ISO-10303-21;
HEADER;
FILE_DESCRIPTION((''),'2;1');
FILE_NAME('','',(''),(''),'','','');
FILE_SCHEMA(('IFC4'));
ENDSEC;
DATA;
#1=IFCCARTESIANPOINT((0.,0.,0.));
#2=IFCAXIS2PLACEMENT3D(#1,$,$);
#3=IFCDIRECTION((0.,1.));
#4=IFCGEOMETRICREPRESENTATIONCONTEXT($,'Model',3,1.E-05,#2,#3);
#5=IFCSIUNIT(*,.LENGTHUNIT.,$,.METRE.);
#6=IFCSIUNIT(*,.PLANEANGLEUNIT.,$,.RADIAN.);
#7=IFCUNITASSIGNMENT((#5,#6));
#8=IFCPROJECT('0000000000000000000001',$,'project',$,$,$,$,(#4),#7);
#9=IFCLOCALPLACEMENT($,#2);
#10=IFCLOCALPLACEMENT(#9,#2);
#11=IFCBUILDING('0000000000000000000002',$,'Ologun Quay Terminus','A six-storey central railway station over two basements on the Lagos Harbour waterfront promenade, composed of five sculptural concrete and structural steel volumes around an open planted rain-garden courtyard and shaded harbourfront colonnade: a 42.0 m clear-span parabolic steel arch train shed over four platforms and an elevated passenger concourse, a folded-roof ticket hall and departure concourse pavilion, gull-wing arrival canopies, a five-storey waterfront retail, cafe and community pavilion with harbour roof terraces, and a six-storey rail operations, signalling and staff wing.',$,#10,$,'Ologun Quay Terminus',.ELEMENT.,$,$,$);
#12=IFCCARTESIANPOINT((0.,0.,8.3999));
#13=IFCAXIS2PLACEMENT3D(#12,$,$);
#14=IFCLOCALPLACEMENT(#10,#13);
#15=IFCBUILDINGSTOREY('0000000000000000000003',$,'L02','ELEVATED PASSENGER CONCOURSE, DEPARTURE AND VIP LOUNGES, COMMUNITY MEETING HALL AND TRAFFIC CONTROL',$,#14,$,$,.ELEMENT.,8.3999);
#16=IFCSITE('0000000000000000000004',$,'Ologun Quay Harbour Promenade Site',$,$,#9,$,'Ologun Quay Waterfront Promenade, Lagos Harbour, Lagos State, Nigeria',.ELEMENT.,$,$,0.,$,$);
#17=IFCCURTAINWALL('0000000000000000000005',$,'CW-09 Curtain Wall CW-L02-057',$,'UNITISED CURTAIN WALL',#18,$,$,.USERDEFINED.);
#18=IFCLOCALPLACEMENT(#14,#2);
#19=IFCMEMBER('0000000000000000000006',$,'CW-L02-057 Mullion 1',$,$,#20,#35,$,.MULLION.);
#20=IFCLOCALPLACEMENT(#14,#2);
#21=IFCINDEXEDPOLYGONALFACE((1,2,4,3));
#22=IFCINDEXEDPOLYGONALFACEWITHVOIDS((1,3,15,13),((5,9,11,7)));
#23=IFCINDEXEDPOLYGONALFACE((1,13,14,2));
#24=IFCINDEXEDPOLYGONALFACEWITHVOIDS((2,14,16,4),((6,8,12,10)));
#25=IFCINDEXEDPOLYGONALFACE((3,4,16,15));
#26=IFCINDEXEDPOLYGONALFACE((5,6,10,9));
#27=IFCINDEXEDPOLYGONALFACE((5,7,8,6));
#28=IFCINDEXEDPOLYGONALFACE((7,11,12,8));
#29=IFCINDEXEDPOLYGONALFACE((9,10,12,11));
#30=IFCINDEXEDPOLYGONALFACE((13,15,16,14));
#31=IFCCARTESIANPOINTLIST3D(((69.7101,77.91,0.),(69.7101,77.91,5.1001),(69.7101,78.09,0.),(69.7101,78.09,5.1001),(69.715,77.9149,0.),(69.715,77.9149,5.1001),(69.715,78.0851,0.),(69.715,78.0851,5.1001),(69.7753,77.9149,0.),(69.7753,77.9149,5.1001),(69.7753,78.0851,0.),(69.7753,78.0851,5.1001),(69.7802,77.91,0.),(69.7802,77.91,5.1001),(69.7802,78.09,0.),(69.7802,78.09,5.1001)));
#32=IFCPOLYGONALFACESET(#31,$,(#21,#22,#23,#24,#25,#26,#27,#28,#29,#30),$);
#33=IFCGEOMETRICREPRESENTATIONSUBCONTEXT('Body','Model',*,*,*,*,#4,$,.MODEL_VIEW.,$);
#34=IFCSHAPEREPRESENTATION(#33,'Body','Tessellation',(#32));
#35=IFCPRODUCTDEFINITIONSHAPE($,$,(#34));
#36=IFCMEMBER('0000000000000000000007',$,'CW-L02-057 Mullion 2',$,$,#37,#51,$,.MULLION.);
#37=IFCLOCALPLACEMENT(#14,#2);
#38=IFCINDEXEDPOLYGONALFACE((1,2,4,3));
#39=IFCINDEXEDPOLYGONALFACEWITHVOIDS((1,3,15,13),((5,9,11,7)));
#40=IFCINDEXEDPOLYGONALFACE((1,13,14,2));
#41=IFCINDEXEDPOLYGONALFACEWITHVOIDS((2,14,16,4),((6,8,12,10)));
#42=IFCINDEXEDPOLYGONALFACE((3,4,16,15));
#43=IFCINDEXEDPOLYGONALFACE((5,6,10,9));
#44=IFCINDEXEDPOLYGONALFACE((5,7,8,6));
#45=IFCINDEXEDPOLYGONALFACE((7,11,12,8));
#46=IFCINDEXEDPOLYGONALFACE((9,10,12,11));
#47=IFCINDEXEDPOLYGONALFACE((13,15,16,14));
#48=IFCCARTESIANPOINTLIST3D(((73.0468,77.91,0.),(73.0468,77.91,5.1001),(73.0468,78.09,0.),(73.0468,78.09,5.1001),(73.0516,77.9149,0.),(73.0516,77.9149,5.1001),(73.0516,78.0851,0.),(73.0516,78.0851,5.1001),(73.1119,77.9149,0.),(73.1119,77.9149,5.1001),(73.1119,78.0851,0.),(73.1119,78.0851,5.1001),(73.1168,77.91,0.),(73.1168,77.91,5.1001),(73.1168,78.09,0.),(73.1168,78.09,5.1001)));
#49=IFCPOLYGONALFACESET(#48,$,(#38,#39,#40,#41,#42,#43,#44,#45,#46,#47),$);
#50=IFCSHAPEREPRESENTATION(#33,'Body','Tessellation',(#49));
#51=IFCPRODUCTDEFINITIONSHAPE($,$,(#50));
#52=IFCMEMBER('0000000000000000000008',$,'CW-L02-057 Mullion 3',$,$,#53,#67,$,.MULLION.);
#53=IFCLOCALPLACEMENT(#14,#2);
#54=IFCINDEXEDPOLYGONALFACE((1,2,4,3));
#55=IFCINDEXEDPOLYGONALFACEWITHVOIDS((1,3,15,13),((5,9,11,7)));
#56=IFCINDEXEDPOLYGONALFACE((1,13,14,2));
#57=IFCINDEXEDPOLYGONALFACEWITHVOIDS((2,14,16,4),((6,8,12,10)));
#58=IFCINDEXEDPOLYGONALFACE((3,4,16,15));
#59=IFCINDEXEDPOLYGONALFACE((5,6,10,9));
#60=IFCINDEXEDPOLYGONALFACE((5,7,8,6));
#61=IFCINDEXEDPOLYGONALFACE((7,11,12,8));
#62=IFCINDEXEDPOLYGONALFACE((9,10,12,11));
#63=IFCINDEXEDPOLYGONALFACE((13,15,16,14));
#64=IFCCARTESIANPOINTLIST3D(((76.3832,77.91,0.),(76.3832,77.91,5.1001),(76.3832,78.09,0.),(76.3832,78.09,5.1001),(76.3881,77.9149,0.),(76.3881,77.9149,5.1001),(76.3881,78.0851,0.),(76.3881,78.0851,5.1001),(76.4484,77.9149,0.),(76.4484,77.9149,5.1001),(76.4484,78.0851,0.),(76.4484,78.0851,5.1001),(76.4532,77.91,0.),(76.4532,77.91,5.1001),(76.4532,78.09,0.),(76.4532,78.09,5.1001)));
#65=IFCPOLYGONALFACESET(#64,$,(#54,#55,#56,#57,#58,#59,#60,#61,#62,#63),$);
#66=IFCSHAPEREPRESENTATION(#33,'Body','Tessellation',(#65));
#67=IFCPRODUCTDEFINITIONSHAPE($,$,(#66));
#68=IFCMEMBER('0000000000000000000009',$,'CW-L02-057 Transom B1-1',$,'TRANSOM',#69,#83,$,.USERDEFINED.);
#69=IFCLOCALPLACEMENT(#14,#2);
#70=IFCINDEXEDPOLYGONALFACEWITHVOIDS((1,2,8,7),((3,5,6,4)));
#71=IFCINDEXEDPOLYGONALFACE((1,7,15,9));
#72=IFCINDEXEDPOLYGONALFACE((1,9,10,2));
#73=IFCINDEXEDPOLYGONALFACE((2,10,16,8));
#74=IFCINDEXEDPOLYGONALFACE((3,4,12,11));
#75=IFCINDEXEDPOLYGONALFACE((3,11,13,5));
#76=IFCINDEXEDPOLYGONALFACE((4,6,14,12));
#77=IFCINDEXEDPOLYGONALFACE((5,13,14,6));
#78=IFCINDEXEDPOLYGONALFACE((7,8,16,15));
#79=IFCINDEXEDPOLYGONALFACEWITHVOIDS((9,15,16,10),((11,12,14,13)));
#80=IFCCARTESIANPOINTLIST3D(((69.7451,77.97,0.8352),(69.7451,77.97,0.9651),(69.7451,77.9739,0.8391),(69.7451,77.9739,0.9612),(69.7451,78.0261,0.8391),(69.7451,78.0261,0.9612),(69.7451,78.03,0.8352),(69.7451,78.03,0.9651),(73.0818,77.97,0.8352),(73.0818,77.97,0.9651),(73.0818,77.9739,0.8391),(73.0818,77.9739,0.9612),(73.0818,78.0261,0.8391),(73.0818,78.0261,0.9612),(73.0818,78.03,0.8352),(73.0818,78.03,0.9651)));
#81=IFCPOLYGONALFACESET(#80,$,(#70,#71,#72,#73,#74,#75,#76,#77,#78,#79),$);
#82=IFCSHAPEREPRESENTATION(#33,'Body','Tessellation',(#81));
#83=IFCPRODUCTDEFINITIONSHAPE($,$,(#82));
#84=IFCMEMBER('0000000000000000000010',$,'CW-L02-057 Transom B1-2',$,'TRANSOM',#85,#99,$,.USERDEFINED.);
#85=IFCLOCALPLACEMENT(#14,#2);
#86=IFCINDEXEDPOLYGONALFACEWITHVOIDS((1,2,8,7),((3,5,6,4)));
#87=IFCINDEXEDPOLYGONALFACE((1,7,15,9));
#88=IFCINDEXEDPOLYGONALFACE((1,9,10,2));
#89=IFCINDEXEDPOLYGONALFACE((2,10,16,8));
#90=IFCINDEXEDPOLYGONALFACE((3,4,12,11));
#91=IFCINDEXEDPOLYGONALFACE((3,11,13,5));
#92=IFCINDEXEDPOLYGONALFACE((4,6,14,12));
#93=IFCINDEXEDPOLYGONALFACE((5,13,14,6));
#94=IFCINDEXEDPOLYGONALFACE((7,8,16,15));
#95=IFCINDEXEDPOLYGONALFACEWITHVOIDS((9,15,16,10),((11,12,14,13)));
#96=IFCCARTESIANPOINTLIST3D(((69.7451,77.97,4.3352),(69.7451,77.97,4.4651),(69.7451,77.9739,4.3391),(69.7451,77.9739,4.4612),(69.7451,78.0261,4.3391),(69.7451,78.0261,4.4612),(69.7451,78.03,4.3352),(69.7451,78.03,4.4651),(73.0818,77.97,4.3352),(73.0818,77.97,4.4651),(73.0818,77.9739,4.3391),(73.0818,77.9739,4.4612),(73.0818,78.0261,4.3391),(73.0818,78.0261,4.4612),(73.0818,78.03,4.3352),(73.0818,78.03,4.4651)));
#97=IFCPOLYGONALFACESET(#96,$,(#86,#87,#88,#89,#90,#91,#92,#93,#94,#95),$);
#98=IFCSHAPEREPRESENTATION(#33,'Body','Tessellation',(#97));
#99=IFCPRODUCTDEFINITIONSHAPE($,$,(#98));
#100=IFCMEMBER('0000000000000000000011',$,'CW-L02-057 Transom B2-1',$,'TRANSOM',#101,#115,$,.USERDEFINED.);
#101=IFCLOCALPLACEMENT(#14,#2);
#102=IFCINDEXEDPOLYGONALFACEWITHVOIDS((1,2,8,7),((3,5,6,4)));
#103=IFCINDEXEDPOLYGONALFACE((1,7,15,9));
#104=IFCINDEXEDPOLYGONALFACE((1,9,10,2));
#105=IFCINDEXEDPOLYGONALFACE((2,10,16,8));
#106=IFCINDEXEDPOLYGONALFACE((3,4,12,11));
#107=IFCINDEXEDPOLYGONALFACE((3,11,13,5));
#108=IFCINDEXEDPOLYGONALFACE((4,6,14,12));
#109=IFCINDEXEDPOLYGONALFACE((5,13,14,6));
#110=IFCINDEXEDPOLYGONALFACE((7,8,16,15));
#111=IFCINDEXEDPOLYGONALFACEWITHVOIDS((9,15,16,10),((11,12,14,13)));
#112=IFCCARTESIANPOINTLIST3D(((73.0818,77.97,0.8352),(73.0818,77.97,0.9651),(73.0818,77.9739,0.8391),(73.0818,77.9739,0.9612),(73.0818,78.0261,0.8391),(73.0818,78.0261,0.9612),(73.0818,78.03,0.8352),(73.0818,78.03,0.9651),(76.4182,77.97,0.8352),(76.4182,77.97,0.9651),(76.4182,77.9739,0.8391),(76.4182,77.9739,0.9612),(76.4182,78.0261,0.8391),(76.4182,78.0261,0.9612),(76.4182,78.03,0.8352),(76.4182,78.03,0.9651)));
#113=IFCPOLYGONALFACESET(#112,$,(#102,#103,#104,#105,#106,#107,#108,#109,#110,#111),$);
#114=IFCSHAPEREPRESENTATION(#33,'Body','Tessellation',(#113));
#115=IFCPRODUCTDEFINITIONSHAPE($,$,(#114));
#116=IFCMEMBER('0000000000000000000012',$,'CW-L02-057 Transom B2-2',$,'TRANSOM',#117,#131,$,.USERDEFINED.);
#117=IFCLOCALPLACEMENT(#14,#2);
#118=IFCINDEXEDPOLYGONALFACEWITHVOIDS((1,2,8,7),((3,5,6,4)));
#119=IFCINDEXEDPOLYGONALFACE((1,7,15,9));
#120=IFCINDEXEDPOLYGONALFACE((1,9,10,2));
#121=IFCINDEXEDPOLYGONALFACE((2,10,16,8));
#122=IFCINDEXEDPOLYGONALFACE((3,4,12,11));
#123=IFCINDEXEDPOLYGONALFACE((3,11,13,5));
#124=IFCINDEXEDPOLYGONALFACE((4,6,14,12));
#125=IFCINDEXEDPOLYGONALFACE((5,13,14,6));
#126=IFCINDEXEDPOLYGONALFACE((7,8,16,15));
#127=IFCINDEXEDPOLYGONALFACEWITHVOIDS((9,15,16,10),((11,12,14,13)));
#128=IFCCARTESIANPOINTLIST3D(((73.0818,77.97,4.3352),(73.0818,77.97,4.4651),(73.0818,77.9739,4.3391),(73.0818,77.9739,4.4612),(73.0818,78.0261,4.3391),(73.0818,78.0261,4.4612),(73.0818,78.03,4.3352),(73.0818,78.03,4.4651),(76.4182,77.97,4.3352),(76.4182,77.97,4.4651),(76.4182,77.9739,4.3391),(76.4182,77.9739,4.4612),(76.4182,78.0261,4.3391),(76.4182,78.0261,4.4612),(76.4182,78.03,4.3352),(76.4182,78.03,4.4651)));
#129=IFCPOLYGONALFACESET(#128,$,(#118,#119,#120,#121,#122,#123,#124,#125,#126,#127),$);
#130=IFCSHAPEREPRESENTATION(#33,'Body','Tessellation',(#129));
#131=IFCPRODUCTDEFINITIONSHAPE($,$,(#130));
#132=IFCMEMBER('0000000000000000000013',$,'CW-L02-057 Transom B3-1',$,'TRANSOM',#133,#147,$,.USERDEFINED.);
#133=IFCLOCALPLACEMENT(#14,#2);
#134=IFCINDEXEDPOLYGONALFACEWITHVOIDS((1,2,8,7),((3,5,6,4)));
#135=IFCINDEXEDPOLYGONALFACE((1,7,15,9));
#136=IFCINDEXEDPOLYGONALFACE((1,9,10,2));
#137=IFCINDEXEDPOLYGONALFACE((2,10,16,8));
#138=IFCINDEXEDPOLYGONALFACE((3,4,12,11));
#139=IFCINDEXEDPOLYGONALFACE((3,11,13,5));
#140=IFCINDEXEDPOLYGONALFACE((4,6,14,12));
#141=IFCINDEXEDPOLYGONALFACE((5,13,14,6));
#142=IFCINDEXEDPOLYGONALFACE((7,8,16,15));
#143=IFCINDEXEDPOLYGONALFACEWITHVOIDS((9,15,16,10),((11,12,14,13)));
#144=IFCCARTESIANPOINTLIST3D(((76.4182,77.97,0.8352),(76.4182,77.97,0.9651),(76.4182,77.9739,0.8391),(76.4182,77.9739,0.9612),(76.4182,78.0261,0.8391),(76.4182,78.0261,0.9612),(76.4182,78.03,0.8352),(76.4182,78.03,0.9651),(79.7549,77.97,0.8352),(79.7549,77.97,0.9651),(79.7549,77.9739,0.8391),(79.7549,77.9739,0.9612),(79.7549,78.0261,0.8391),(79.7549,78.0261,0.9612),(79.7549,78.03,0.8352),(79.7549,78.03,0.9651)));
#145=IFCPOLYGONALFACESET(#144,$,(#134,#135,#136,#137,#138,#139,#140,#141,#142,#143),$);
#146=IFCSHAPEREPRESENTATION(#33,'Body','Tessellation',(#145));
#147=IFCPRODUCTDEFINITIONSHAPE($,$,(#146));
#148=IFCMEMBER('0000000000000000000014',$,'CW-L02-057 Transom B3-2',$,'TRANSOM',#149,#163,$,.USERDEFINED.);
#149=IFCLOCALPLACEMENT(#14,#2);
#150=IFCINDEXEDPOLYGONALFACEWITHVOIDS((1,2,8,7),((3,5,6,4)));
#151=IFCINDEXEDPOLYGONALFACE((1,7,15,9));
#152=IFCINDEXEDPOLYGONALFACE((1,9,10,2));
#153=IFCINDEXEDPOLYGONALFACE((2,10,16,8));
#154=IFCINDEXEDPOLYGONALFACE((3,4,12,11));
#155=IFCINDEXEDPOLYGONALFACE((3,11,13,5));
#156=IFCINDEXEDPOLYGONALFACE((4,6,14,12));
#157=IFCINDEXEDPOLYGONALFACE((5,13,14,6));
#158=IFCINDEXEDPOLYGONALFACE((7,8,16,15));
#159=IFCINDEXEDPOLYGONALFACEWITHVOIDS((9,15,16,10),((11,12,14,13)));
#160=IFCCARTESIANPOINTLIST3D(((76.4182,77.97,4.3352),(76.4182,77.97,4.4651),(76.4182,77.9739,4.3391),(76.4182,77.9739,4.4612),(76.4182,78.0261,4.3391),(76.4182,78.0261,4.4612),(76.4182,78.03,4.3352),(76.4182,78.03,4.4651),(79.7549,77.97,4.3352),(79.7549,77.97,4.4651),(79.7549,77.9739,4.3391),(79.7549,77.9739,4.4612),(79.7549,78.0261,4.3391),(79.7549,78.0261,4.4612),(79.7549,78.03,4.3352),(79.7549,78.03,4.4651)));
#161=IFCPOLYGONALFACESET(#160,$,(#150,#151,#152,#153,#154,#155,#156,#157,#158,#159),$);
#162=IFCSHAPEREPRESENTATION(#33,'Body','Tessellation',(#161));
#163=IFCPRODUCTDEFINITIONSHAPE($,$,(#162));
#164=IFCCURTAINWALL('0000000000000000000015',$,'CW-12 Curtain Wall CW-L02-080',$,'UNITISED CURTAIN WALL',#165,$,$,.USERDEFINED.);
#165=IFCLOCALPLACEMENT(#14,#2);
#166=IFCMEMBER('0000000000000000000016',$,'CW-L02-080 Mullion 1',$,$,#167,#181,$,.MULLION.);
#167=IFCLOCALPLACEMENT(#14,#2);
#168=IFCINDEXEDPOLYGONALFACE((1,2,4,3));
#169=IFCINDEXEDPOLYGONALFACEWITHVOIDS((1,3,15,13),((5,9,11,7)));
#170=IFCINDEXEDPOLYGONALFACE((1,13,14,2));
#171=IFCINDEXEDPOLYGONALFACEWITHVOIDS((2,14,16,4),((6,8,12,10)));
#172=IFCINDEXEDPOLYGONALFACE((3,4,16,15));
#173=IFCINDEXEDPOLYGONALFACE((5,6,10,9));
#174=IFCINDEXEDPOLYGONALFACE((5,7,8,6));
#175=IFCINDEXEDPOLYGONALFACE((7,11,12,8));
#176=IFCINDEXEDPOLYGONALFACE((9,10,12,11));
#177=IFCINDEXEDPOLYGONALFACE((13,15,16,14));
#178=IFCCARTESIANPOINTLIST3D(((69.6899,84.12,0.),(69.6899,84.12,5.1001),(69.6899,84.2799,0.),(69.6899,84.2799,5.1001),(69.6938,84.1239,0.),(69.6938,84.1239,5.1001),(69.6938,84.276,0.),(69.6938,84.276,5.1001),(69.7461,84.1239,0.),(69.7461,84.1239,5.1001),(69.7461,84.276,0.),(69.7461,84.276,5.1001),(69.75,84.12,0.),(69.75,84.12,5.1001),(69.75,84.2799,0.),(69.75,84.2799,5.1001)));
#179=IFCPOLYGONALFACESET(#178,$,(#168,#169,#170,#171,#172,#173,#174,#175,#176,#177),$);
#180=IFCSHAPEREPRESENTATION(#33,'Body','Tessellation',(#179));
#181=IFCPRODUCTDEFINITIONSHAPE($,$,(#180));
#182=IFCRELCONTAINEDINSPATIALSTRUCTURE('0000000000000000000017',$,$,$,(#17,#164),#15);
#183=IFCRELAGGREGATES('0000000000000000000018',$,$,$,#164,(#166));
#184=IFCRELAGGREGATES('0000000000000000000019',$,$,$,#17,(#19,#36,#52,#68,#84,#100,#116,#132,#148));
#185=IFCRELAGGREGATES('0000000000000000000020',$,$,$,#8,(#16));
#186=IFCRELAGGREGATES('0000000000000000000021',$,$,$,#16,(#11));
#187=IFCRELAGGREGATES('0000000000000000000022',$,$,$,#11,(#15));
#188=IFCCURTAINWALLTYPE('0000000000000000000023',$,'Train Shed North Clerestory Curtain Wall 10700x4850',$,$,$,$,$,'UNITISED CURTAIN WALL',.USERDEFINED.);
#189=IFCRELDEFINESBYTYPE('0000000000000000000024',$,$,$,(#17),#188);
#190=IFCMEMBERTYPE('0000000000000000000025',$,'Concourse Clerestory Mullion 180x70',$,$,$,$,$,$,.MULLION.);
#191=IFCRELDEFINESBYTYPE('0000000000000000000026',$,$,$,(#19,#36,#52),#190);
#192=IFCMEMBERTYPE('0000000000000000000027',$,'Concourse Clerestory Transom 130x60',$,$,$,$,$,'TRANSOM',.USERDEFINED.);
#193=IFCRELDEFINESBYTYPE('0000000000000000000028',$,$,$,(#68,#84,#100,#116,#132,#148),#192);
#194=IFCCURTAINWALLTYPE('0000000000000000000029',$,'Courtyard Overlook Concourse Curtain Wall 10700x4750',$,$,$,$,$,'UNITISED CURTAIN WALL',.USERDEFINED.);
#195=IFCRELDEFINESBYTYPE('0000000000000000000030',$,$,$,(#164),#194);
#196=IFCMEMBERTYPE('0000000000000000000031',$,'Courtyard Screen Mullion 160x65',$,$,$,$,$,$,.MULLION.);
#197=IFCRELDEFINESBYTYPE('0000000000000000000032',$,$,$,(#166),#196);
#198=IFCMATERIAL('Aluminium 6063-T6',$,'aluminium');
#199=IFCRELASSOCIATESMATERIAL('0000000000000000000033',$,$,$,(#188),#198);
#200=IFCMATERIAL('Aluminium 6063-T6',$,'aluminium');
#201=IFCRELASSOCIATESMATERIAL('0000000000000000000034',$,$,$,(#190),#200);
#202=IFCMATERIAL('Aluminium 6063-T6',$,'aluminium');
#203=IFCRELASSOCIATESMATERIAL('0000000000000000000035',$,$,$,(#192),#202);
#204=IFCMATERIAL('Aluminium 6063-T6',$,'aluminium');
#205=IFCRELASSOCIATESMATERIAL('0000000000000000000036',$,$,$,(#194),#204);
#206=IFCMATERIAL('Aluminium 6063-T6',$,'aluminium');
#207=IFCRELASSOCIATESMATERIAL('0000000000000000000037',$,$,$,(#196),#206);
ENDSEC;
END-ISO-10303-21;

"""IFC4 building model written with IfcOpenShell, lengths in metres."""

from ifc_helpers import new_model, si_unit, direction, frame, origin, origin_2d, place, context, subcontext, project, spatial, hollow_rectangle, extrude, material, material_profile, profile_set, type_object, element, aggregate, save


model = new_model("IFC4")

# Units and contexts
model_context = context("Model", 3, precision=1e-05, world=origin(), true_north=direction((0.0, 1.0)))
body_context = subcontext(model_context, "Body", "Model", "MODEL_VIEW")
ifc_project = project(units=[si_unit("LENGTHUNIT", "METRE"), si_unit("PLANEANGLEUNIT", "RADIAN")], contexts=[model_context])

# Site, building, storey
site_placement = place(None, origin())
site = spatial("IfcSite", under=ifc_project, at=site_placement, Name="Ologun Quay Harbour Promenade Site", LongName="Ologun Quay Waterfront Promenade, Lagos Harbour, Lagos State, Nigeria", CompositionType="ELEMENT", RefElevation=0.0)
building_placement = place(site_placement, origin())
building = spatial("IfcBuilding", under=site, at=building_placement, Name="Ologun Quay Terminus", Description="A six-storey central railway station over two basements on the Lagos Harbour waterfront promenade, composed of five sculptural concrete and structural steel volumes around an open planted rain-garden courtyard and shaded harbourfront colonnade: a 42.0 m clear-span parabolic steel arch train shed over four platforms and an elevated passenger concourse, a folded-roof ticket hall and departure concourse pavilion, gull-wing arrival canopies, a five-storey waterfront retail, cafe and community pavilion with harbour roof terraces, and a six-storey rail operations, signalling and staff wing.", LongName="Ologun Quay Terminus", CompositionType="ELEMENT")
storey_placement = place(building_placement, frame((0.0, 0.0, 8.3999)))
storey = spatial("IfcBuildingStorey", under=building, at=storey_placement, Name="L02", Description="ELEVATED PASSENGER CONCOURSE, DEPARTURE AND VIP LOUNGES, COMMUNITY MEETING HALL AND TRAFFIC CONTROL", CompositionType="ELEMENT", Elevation=8.3999)

# Curtain walls, members
ifc_material_1 = material(Name="Aluminium 6063-T6", Category="aluminium")
curtain_wall_type_1 = type_object("IfcCurtainWallType", Name="Train Shed North Clerestory Curtain Wall 10700x4850", ElementType="UNITISED CURTAIN WALL", PredefinedType="USERDEFINED", material=ifc_material_1)
curtain_wall_1_placement = place(storey_placement, origin())
curtain_wall_1 = element("IfcCurtainWall", 1, at=curtain_wall_1_placement, inside=storey, type_object=curtain_wall_type_1, Name="CW-09 Curtain Wall CW-L02-057", ObjectType="UNITISED CURTAIN WALL", PredefinedType="USERDEFINED")
ifc_material_2 = material(Name="Aluminium 6063-T6", Category="aluminium")
ifc_material_profile_1 = material_profile(ifc_material_2, hollow_rectangle(XDim=0.0701, YDim=0.1799, WallThickness=0.0049, at=origin_2d()), Name="ALU 180x70x5")
ifc_profile_set_1 = profile_set([ifc_material_profile_1], Name="Aluminium 6063-T6")
member_type_1 = type_object("IfcMemberType", Name="Concourse Clerestory Mullion 180x70", PredefinedType="MULLION", material=ifc_profile_set_1)
member_1_placement = place(storey_placement, frame((69.7451, 78.0, 0.0), z_axis=(0.0, 0.0, 1.0), x_axis=(1.0, 0.0, 0.0)))
member_1 = element("IfcMember", 2, at=member_1_placement, type_object=member_type_1, Name="CW-L02-057 Mullion 1", PredefinedType="MULLION", context=body_context, shape_type="SweptSolid", body=[
    extrude(hollow_rectangle(XDim=0.0701, YDim=0.1799, WallThickness=0.0049, at=origin_2d()), origin(), (0.0, 0.0, 1.0), 5.1001),
])
member_2_placement = place(storey_placement, frame((73.0818, 78.0, 0.0), z_axis=(0.0, 0.0, 1.0), x_axis=(1.0, 0.0, 0.0)))
member_2 = element("IfcMember", 3, at=member_2_placement, type_object=member_type_1, Name="CW-L02-057 Mullion 2", PredefinedType="MULLION", context=body_context, shape_type="SweptSolid", body=[
    extrude(hollow_rectangle(XDim=0.0701, YDim=0.1799, WallThickness=0.0049, at=origin_2d()), origin(), (0.0, 0.0, 1.0), 5.1001),
])
member_3_placement = place(storey_placement, frame((76.4182, 78.0, 0.0), z_axis=(0.0, 0.0, 1.0), x_axis=(1.0, 0.0, 0.0)))
member_3 = element("IfcMember", 4, at=member_3_placement, type_object=member_type_1, Name="CW-L02-057 Mullion 3", PredefinedType="MULLION", context=body_context, shape_type="SweptSolid", body=[
    extrude(hollow_rectangle(XDim=0.0701, YDim=0.1799, WallThickness=0.0049, at=origin_2d()), origin(), (0.0, 0.0, 1.0), 5.1001),
])
ifc_material_3 = material(Name="Aluminium 6063-T6", Category="aluminium")
ifc_material_profile_2 = material_profile(ifc_material_3, hollow_rectangle(XDim=0.0601, YDim=0.1299, WallThickness=0.0039, at=origin_2d()), Name="ALU 130x60x4")
ifc_profile_set_2 = profile_set([ifc_material_profile_2], Name="Aluminium 6063-T6")
member_type_2 = type_object("IfcMemberType", Name="Concourse Clerestory Transom 130x60", ElementType="TRANSOM", PredefinedType="USERDEFINED", material=ifc_profile_set_2)
member_4_placement = place(storey_placement, frame((69.7451, 78.0, 0.9001), z_axis=(1.0, 0.0, 0.0), x_axis=(0.0, 1.0, 0.0)))
member_4 = element("IfcMember", 5, at=member_4_placement, type_object=member_type_2, Name="CW-L02-057 Transom B1-1", ObjectType="TRANSOM", PredefinedType="USERDEFINED", context=body_context, shape_type="SweptSolid", body=[
    extrude(hollow_rectangle(XDim=0.0601, YDim=0.1299, WallThickness=0.0039, at=origin_2d()), origin(), (0.0, 0.0, 1.0), 3.3367),
])
member_5_placement = place(storey_placement, frame((69.7451, 78.0, 4.4001), z_axis=(1.0, 0.0, 0.0), x_axis=(0.0, 1.0, 0.0)))
member_5 = element("IfcMember", 6, at=member_5_placement, type_object=member_type_2, Name="CW-L02-057 Transom B1-2", ObjectType="TRANSOM", PredefinedType="USERDEFINED", context=body_context, shape_type="SweptSolid", body=[
    extrude(hollow_rectangle(XDim=0.0601, YDim=0.1299, WallThickness=0.0039, at=origin_2d()), origin(), (0.0, 0.0, 1.0), 3.3367),
])
member_6_placement = place(storey_placement, frame((73.0818, 78.0, 0.9001), z_axis=(1.0, 0.0, 0.0), x_axis=(0.0, 1.0, 0.0)))
member_6 = element("IfcMember", 7, at=member_6_placement, type_object=member_type_2, Name="CW-L02-057 Transom B2-1", ObjectType="TRANSOM", PredefinedType="USERDEFINED", context=body_context, shape_type="SweptSolid", body=[
    extrude(hollow_rectangle(XDim=0.0601, YDim=0.1299, WallThickness=0.0039, at=origin_2d()), origin(), (0.0, 0.0, 1.0), 3.3364),
])
member_7_placement = place(storey_placement, frame((73.0818, 78.0, 4.4001), z_axis=(1.0, 0.0, 0.0), x_axis=(0.0, 1.0, 0.0)))
member_7 = element("IfcMember", 8, at=member_7_placement, type_object=member_type_2, Name="CW-L02-057 Transom B2-2", ObjectType="TRANSOM", PredefinedType="USERDEFINED", context=body_context, shape_type="SweptSolid", body=[
    extrude(hollow_rectangle(XDim=0.0601, YDim=0.1299, WallThickness=0.0039, at=origin_2d()), origin(), (0.0, 0.0, 1.0), 3.3364),
])
member_8_placement = place(storey_placement, frame((76.4182, 78.0, 0.9001), z_axis=(1.0, 0.0, 0.0), x_axis=(0.0, 1.0, 0.0)))
member_8 = element("IfcMember", 9, at=member_8_placement, type_object=member_type_2, Name="CW-L02-057 Transom B3-1", ObjectType="TRANSOM", PredefinedType="USERDEFINED", context=body_context, shape_type="SweptSolid", body=[
    extrude(hollow_rectangle(XDim=0.0601, YDim=0.1299, WallThickness=0.0039, at=origin_2d()), origin(), (0.0, 0.0, 1.0), 3.3367),
])
member_9_placement = place(storey_placement, frame((76.4182, 78.0, 4.4001), z_axis=(1.0, 0.0, 0.0), x_axis=(0.0, 1.0, 0.0)))
member_9 = element("IfcMember", 10, at=member_9_placement, type_object=member_type_2, Name="CW-L02-057 Transom B3-2", ObjectType="TRANSOM", PredefinedType="USERDEFINED", context=body_context, shape_type="SweptSolid", body=[
    extrude(hollow_rectangle(XDim=0.0601, YDim=0.1299, WallThickness=0.0039, at=origin_2d()), origin(), (0.0, 0.0, 1.0), 3.3367),
])
ifc_material_4 = material(Name="Aluminium 6063-T6", Category="aluminium")
curtain_wall_type_2 = type_object("IfcCurtainWallType", Name="Courtyard Overlook Concourse Curtain Wall 10700x4750", ElementType="UNITISED CURTAIN WALL", PredefinedType="USERDEFINED", material=ifc_material_4)
curtain_wall_2_placement = place(storey_placement, origin())
curtain_wall_2 = element("IfcCurtainWall", 11, at=curtain_wall_2_placement, inside=storey, type_object=curtain_wall_type_2, Name="CW-12 Curtain Wall CW-L02-080", ObjectType="UNITISED CURTAIN WALL", PredefinedType="USERDEFINED")
ifc_material_5 = material(Name="Aluminium 6063-T6", Category="aluminium")
ifc_material_profile_3 = material_profile(ifc_material_5, hollow_rectangle(XDim=0.0601, YDim=0.1599, WallThickness=0.0039, at=origin_2d()), Name="ALU 160x60x4")
ifc_profile_set_3 = profile_set([ifc_material_profile_3], Name="Aluminium 6063-T6")
member_type_3 = type_object("IfcMemberType", Name="Courtyard Screen Mullion 160x65", PredefinedType="MULLION", material=ifc_profile_set_3)
member_10_placement = place(storey_placement, frame((69.72, 84.2, 0.0), z_axis=(0.0, 0.0, 1.0), x_axis=(1.0, 0.0, 0.0)))
member_10 = element("IfcMember", 12, at=member_10_placement, type_object=member_type_3, Name="CW-L02-080 Mullion 1", PredefinedType="MULLION", context=body_context, shape_type="SweptSolid", body=[
    extrude(hollow_rectangle(XDim=0.0601, YDim=0.1599, WallThickness=0.0039, at=origin_2d()), origin(), (0.0, 0.0, 1.0), 5.1001),
])

aggregate(curtain_wall_2, [member_10])
aggregate(curtain_wall_1, [member_1, member_2, member_3, member_4, member_5, member_6, member_7, member_8, member_9])

save(model, "model.ifc")
